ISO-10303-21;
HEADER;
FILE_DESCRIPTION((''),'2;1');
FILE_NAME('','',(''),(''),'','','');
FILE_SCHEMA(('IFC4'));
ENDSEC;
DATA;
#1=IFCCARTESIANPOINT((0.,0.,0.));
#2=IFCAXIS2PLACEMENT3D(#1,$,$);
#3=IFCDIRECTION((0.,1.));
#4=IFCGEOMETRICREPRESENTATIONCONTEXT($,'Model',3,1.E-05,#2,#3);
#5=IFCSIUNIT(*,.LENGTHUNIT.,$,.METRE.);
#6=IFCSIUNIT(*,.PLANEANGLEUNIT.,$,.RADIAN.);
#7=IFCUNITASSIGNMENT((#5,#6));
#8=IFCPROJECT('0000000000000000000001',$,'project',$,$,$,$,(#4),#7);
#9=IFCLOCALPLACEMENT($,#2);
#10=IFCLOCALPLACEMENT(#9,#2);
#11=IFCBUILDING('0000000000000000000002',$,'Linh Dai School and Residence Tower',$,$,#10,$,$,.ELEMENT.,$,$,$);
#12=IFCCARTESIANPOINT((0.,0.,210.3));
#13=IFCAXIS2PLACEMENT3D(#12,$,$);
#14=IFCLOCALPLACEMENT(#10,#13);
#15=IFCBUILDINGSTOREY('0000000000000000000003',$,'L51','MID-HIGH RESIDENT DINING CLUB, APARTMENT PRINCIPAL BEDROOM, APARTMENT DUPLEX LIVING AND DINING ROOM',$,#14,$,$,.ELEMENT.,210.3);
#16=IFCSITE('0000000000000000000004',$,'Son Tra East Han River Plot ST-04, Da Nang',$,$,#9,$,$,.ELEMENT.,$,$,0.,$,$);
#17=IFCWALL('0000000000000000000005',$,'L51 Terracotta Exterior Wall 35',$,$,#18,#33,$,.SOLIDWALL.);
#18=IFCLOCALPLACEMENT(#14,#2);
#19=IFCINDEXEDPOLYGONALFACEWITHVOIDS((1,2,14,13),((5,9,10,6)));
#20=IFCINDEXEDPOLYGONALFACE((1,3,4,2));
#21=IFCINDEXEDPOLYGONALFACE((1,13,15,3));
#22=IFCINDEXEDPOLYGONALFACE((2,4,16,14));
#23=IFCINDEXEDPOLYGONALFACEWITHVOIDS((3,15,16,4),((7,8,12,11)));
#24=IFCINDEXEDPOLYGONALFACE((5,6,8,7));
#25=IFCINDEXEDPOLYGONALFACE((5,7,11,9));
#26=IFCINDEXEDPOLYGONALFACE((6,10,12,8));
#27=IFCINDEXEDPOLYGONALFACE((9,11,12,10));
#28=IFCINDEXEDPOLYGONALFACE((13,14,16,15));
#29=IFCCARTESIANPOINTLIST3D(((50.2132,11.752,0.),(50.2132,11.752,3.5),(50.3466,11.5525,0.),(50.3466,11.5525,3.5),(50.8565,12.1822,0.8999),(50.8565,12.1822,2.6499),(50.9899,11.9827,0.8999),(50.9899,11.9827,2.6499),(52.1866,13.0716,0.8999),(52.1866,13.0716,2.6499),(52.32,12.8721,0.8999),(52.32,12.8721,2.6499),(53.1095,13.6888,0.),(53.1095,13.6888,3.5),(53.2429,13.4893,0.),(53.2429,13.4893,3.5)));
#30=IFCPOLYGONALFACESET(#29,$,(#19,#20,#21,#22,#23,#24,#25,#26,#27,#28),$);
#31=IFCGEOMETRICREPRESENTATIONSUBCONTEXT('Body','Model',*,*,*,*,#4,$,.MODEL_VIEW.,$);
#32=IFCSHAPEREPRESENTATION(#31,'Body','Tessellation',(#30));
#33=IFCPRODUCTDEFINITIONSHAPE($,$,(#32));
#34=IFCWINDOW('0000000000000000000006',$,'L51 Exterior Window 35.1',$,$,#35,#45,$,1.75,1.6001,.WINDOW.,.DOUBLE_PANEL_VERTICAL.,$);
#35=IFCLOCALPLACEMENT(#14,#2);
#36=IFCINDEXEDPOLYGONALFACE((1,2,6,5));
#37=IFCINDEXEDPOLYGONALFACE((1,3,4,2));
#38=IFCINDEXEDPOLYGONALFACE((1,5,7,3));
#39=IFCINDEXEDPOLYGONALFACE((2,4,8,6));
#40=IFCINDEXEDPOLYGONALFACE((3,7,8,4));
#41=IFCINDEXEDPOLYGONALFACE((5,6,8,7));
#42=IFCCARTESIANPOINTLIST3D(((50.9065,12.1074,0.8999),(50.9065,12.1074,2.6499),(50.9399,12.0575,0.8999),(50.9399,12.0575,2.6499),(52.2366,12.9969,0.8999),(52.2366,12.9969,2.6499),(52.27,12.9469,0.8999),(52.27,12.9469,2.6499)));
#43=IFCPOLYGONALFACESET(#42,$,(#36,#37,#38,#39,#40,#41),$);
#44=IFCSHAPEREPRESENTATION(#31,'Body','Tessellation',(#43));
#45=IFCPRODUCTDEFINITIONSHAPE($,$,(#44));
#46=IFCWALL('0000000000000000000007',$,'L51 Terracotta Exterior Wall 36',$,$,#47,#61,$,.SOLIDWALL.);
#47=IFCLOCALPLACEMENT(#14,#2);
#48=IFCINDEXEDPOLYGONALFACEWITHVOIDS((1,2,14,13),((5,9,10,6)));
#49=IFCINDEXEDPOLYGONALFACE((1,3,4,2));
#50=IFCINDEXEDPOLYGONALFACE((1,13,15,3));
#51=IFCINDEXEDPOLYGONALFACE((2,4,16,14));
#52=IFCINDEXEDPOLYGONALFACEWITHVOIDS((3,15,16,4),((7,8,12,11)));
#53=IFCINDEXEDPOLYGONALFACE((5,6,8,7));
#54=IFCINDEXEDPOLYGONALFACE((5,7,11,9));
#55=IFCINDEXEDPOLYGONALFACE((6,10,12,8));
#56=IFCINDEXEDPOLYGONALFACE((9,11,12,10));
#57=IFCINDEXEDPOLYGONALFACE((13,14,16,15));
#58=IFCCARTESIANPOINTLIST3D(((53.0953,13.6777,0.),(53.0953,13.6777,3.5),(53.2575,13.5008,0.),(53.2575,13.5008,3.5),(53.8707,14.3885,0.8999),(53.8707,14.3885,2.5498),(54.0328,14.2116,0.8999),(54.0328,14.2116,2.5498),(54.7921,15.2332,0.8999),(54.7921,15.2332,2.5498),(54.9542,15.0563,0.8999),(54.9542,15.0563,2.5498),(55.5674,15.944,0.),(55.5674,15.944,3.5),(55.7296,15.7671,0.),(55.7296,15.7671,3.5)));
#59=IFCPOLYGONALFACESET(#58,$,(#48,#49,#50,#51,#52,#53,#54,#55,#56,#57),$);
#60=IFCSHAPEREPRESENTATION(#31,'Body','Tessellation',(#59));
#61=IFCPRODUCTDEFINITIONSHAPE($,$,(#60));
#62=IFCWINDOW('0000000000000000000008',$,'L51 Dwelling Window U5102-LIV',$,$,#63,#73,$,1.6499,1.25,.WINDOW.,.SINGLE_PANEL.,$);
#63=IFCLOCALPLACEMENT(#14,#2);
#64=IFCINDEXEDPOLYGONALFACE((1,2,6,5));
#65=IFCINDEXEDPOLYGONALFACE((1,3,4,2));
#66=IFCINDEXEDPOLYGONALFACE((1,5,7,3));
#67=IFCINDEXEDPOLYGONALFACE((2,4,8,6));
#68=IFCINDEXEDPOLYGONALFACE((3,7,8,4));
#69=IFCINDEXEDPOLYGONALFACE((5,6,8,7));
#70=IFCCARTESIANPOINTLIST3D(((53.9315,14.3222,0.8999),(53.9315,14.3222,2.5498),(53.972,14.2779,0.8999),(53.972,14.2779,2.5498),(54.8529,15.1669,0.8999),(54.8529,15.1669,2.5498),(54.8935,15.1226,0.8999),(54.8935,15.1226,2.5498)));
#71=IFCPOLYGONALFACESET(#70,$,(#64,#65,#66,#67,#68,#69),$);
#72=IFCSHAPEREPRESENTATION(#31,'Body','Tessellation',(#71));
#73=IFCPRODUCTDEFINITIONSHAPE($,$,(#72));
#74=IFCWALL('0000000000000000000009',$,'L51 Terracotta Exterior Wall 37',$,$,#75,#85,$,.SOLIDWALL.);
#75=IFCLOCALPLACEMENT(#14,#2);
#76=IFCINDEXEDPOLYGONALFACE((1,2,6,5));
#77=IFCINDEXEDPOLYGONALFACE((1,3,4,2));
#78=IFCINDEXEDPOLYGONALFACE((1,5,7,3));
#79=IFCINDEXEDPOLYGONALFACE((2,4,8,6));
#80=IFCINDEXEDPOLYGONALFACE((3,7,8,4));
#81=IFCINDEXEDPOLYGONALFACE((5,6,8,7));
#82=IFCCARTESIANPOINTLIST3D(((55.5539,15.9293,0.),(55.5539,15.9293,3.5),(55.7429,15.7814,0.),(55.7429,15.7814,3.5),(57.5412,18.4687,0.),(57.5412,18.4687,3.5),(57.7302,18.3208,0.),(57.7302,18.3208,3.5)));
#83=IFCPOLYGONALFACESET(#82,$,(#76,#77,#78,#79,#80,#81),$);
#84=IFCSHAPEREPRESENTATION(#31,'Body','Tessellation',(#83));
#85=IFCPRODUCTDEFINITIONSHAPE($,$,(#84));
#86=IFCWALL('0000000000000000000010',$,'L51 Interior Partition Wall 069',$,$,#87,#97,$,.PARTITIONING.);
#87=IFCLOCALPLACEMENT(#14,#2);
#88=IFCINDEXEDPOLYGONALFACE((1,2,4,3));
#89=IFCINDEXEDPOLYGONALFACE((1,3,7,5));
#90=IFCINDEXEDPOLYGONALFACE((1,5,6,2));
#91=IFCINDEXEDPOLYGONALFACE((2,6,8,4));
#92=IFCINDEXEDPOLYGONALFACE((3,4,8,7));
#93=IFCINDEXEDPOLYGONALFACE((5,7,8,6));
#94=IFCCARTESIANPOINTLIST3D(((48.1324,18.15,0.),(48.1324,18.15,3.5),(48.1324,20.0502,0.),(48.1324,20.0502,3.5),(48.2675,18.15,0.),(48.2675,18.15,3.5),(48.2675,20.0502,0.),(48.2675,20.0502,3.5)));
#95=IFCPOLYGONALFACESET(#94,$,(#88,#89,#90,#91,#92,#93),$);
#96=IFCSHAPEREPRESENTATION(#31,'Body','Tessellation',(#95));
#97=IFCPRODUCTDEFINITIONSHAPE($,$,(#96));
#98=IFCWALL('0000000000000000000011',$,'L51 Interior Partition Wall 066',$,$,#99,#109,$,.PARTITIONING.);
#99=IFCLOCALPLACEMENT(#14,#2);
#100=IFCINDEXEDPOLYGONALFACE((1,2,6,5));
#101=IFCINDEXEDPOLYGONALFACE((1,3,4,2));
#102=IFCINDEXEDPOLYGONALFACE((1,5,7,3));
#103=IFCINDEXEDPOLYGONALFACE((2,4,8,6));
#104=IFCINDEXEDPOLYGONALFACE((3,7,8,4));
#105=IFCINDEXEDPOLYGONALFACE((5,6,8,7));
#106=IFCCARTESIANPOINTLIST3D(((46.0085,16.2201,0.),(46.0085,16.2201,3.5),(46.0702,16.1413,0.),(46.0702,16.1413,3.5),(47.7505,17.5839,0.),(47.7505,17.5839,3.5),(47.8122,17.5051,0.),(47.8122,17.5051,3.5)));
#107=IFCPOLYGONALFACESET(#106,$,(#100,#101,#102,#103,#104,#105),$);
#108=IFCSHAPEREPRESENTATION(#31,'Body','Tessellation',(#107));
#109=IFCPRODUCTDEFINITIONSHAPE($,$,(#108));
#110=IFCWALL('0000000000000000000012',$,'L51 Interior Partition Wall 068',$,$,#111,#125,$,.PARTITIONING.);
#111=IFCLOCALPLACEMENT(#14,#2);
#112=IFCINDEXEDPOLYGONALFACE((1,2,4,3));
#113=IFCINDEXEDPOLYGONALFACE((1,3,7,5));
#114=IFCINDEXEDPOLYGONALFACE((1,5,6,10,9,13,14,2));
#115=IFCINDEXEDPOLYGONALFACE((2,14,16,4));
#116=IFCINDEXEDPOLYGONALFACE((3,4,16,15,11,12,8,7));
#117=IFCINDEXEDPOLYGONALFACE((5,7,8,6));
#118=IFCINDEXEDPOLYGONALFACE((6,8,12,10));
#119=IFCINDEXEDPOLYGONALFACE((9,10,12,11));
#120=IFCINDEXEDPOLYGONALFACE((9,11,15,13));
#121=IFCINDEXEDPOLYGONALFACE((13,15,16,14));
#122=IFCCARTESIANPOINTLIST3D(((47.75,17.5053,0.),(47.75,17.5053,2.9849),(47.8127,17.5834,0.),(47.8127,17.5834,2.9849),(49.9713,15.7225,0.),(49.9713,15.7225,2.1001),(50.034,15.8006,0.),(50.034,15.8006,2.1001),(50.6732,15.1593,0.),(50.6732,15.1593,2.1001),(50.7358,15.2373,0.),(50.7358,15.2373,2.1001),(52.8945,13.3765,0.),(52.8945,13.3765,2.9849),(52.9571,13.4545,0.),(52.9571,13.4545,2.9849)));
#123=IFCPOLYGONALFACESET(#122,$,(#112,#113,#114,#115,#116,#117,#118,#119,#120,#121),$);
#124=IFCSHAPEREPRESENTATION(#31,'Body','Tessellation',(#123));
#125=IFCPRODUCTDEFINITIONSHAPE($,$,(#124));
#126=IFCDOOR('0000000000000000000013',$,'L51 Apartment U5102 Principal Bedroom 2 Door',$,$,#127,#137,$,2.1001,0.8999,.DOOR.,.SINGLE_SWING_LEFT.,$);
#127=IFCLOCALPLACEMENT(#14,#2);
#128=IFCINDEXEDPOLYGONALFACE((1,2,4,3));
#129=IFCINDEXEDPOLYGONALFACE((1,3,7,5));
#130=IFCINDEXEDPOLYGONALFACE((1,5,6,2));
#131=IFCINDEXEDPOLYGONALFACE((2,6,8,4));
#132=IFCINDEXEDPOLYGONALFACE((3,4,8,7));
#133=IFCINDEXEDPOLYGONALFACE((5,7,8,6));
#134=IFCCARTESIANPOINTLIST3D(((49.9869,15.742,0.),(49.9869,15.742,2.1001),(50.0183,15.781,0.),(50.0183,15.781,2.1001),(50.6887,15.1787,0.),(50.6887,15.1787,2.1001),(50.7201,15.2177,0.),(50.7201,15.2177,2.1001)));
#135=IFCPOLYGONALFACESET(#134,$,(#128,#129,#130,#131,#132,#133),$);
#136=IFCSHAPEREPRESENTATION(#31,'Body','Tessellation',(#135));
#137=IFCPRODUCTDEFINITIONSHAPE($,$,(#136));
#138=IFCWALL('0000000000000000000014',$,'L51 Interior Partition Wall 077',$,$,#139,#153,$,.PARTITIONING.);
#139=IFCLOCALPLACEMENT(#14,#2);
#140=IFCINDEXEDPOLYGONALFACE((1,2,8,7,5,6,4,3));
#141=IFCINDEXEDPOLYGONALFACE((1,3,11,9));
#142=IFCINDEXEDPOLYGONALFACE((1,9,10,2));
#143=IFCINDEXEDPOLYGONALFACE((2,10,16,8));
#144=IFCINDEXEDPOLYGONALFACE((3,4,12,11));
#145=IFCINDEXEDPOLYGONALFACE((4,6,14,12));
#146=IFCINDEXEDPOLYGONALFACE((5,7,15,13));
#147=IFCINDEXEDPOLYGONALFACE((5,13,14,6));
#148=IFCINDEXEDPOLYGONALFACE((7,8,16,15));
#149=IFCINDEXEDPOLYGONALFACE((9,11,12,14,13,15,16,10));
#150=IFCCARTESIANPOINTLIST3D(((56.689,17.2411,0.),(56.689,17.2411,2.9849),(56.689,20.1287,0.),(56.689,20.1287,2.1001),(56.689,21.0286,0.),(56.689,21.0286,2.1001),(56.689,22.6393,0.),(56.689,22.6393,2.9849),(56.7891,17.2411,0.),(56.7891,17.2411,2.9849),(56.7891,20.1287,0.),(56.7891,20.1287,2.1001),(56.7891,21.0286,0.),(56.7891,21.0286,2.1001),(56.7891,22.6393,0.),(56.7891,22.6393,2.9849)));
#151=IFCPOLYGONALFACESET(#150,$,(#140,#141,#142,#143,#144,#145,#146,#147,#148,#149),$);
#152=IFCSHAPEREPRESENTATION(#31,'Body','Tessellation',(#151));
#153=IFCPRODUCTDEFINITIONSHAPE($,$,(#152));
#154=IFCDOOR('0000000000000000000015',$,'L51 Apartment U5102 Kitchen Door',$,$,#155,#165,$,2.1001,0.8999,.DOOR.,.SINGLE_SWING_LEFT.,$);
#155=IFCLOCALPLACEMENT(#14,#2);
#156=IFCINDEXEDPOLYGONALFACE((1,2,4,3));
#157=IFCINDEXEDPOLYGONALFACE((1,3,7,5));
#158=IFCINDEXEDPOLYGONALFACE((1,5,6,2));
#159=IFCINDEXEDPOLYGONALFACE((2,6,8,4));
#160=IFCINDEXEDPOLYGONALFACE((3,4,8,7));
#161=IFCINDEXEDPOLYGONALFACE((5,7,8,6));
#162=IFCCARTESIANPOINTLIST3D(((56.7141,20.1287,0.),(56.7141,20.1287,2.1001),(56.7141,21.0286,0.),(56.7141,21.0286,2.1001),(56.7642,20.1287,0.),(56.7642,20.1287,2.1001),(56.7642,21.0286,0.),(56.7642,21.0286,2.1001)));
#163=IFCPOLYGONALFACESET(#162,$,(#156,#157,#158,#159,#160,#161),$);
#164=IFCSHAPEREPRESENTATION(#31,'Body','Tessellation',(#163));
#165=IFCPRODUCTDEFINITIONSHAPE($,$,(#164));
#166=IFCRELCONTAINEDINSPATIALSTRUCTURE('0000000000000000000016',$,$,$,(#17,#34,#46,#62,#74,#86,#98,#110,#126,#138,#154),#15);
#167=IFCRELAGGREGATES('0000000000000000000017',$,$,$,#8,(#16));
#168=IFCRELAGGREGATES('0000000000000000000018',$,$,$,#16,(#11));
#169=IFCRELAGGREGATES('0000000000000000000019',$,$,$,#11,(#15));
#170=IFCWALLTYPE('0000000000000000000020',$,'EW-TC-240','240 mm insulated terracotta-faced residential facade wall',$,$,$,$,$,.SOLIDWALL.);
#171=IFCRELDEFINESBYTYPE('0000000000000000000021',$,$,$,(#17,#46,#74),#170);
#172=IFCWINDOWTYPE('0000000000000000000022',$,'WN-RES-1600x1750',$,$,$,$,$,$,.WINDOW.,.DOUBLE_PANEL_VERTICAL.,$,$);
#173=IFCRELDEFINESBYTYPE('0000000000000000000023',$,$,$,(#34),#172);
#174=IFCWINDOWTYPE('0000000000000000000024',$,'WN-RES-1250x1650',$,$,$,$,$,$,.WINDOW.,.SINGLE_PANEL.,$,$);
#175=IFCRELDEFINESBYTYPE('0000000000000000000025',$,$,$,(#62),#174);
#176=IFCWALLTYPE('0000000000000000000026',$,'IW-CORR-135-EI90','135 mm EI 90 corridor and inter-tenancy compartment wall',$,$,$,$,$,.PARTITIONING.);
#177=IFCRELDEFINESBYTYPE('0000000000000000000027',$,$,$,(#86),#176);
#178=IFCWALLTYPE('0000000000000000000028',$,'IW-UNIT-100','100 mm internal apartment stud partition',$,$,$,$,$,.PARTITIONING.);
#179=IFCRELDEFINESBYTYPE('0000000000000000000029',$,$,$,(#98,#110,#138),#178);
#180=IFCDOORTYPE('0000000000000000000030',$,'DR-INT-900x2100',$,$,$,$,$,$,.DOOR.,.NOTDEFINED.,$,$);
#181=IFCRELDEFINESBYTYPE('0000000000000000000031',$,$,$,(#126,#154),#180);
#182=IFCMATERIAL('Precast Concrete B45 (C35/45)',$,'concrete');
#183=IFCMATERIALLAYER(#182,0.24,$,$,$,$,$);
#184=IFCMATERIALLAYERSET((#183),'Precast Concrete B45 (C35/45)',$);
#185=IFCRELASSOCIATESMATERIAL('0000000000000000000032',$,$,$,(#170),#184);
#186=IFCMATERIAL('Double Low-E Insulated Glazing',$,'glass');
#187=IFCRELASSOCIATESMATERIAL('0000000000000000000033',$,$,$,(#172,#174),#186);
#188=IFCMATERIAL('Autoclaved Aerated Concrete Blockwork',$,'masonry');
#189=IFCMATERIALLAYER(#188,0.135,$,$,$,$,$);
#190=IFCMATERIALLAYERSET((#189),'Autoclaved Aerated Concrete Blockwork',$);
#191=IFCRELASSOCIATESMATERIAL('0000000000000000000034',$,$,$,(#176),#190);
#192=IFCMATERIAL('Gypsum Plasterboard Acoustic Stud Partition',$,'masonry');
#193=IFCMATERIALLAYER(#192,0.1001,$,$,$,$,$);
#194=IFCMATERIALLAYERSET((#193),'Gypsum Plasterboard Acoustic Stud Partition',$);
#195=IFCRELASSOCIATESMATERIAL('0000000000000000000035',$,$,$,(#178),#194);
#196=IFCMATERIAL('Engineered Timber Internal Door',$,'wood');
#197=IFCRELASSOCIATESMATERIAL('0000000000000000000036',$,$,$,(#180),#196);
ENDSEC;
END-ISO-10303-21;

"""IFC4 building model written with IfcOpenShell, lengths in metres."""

from ifc_helpers import new_model, si_unit, direction, frame, frame_2d, origin, origin_2d, place, context, subcontext, project, spatial, rectangle, extrude, source, transform, mapped, material, layer, layer_set, type_object, element, fill, save


model = new_model("IFC4")

# Units and contexts
model_context = context("Model", 3, precision=1e-05, world=origin(), true_north=direction((0.0, 1.0)))
body_context = subcontext(model_context, "Body", "Model", "MODEL_VIEW")
ifc_project = project(units=[si_unit("LENGTHUNIT", "METRE"), si_unit("PLANEANGLEUNIT", "RADIAN")], contexts=[model_context])

# Site, building, storey
site_placement = place(None, origin())
site = spatial("IfcSite", under=ifc_project, at=site_placement, Name="Son Tra East Han River Plot ST-04, Da Nang", CompositionType="ELEMENT", RefElevation=0.0)
building_placement = place(site_placement, origin())
building = spatial("IfcBuilding", under=site, at=building_placement, Name="Linh Dai School and Residence Tower", CompositionType="ELEMENT")
storey_placement = place(building_placement, frame((0.0, 0.0, 210.3)))
storey = spatial("IfcBuildingStorey", under=building, at=storey_placement, Name="L51", Description="MID-HIGH RESIDENT DINING CLUB, APARTMENT PRINCIPAL BEDROOM, APARTMENT DUPLEX LIVING AND DINING ROOM", CompositionType="ELEMENT", Elevation=210.3)

# Shared definitions
ifc_material_1 = material(Name="Precast Concrete B45 (C35/45)", Category="concrete")

# Walls, openings, windows
ifc_layer_1 = layer(ifc_material_1, 0.24)
ifc_layer_set_1 = layer_set([ifc_layer_1], Name="Precast Concrete B45 (C35/45)")
wall_type_1 = type_object("IfcWallType", Name="EW-TC-240", Description="240 mm insulated terracotta-faced residential facade wall", PredefinedType="SOLIDWALL", material=ifc_layer_set_1)
ifc_material_2 = material(Name="Double Low-E Insulated Glazing", Category="glass")
window_type_1 = type_object("IfcWindowType", Name="WN-RES-1600x1750", PartitioningType="DOUBLE_PANEL_VERTICAL", PredefinedType="WINDOW", material=ifc_material_2)
shared_shape_1 = source(origin(), body_context, "Body", "SweptSolid", [
    extrude(rectangle(XDim=1.6001, YDim=1.75, at=origin_2d()), frame((0.8, 0.03, 0.875), z_axis=(0.0, -1.0, 0.0), x_axis=(1.0, 0.0, 0.0)), (0.0, 0.0, 1.0), 0.0601),
])
wall_1_placement = place(storey_placement, frame((53.1763, 13.5891, 0.0), z_axis=(0.0, 0.0, 1.0), x_axis=(-0.831262, -0.55588, 0.0)))
wall_1 = element("IfcWall", 1, at=wall_1_placement, inside=storey, type_object=wall_type_1, Name="L51 Terracotta Exterior Wall 35", PredefinedType="SOLIDWALL", context=body_context, shape_type="SweptSolid", body=[
    extrude(rectangle(XDim=3.4841, YDim=0.24, at=frame_2d((1.7422, 0.0))), origin(), (0.0, 0.0, 1.0), 3.5),
])
opening_1_placement = place(wall_1_placement, frame((1.1104, 0.0, 0.8999)))
opening_1 = element("IfcOpeningElement", 2, at=opening_1_placement, cuts=wall_1, PredefinedType="OPENING", context=body_context, shape_type="SweptSolid", body=[
    extrude(rectangle(XDim=1.6001, YDim=1.75, at=origin_2d()), frame((0.8, 0.1299, 0.875), z_axis=(0.0, -1.0, 0.0), x_axis=(1.0, 0.0, 0.0)), (0.0, 0.0, 1.0), 0.26),
])
window_1_placement = place(opening_1_placement, origin())
window_1 = element("IfcWindow", 3, at=window_1_placement, inside=storey, type_object=window_type_1, Name="L51 Exterior Window 35.1", OverallHeight=1.75, OverallWidth=1.6001, PartitioningType="DOUBLE_PANEL_VERTICAL", PredefinedType="WINDOW", context=body_context, shape_type="MappedRepresentation", body=[
    mapped(shared_shape_1, transform((0.0, 0.0, 0.0), x_axis=(1.0, 0.0, 0.0), y_axis=(0.0, 1.0, 0.0), z_axis=(0.0, 0.0, 1.0), scale=1.0)),
])
fill(opening_1, window_1)
wall_2_placement = place(storey_placement, frame((55.6484, 15.8555, 0.0), z_axis=(0.0, 0.0, 1.0), x_axis=(-0.737124, -0.675758, 0.0)))
wall_2 = element("IfcWall", 4, at=wall_2_placement, inside=storey, type_object=wall_type_1, Name="L51 Terracotta Exterior Wall 36", PredefinedType="SOLIDWALL", context=body_context, shape_type="SweptSolid", body=[
    extrude(rectangle(XDim=3.3538, YDim=0.24, at=frame_2d((1.6768, 0.0))), origin(), (0.0, 0.0, 1.0), 3.5),
])
opening_2_placement = place(wall_2_placement, frame((1.0518, 0.0, 0.8999)))
opening_2 = element("IfcOpeningElement", 5, at=opening_2_placement, cuts=wall_2, PredefinedType="OPENING", context=body_context, shape_type="SweptSolid", body=[
    extrude(rectangle(XDim=1.25, YDim=1.6499, at=origin_2d()), frame((0.625, 0.1299, 0.825), z_axis=(0.0, -1.0, 0.0), x_axis=(1.0, 0.0, 0.0)), (0.0, 0.0, 1.0), 0.26),
])
window_type_2 = type_object("IfcWindowType", Name="WN-RES-1250x1650", PartitioningType="SINGLE_PANEL", PredefinedType="WINDOW", material=ifc_material_2)
shared_shape_2 = source(origin(), body_context, "Body", "SweptSolid", [
    extrude(rectangle(XDim=1.25, YDim=1.6499, at=origin_2d()), frame((0.625, 0.03, 0.825), z_axis=(0.0, -1.0, 0.0), x_axis=(1.0, 0.0, 0.0)), (0.0, 0.0, 1.0), 0.0601),
])
window_2_placement = place(opening_2_placement, origin())
window_2 = element("IfcWindow", 6, at=window_2_placement, inside=storey, type_object=window_type_2, Name="L51 Dwelling Window U5102-LIV", OverallHeight=1.6499, OverallWidth=1.25, PartitioningType="SINGLE_PANEL", PredefinedType="WINDOW", context=body_context, shape_type="MappedRepresentation", body=[
    mapped(shared_shape_2, transform((0.0, 0.0, 0.0), x_axis=(1.0, 0.0, 0.0), y_axis=(0.0, 1.0, 0.0), z_axis=(0.0, 0.0, 1.0), scale=1.0)),
])
fill(opening_2, window_2)

# Walls
wall_3_placement = place(storey_placement, frame((57.6357, 18.3948, 0.0), z_axis=(0.0, 0.0, 1.0), x_axis=(-0.616312, -0.787502, 0.0)))
element("IfcWall", 7, at=wall_3_placement, inside=storey, type_object=wall_type_1, Name="L51 Terracotta Exterior Wall 37", PredefinedType="SOLIDWALL", context=body_context, shape_type="SweptSolid", body=[
    extrude(rectangle(XDim=3.2246, YDim=0.24, at=frame_2d((1.6123, 0.0))), origin(), (0.0, 0.0, 1.0), 3.5),
])
ifc_material_3 = material(Name="Autoclaved Aerated Concrete Blockwork", Category="masonry")
ifc_layer_2 = layer(ifc_material_3, 0.135)
ifc_layer_set_2 = layer_set([ifc_layer_2], Name="Autoclaved Aerated Concrete Blockwork")
wall_type_2 = type_object("IfcWallType", Name="IW-CORR-135-EI90", Description="135 mm EI 90 corridor and inter-tenancy compartment wall", PredefinedType="PARTITIONING", material=ifc_layer_set_2)
wall_4_placement = place(storey_placement, frame((48.2, 18.1499, 0.0), z_axis=(0.0, 0.0, 1.0), x_axis=(0.0, 1.0, 0.0)))
element("IfcWall", 8, at=wall_4_placement, inside=storey, type_object=wall_type_2, Name="L51 Interior Partition Wall 069", PredefinedType="PARTITIONING", context=body_context, shape_type="SweptSolid", body=[
    extrude(rectangle(XDim=1.9001, YDim=0.135, at=frame_2d((0.9502, 0.0))), origin(), (0.0, 0.0, 1.0), 3.5),
])
ifc_material_4 = material(Name="Gypsum Plasterboard Acoustic Stud Partition", Category="masonry")
ifc_layer_3 = layer(ifc_material_4, 0.1001)
ifc_layer_set_3 = layer_set([ifc_layer_3], Name="Gypsum Plasterboard Acoustic Stud Partition")
wall_type_3 = type_object("IfcWallType", Name="IW-UNIT-100", Description="100 mm internal apartment stud partition", PredefinedType="PARTITIONING", material=ifc_layer_set_3)
wall_5_placement = place(storey_placement, frame((46.0393, 16.1807, 0.0), z_axis=(0.0, 0.0, 1.0), x_axis=(0.787393, 0.616451, 0.0)))
element("IfcWall", 9, at=wall_5_placement, inside=storey, type_object=wall_type_3, Name="L51 Interior Partition Wall 066", PredefinedType="PARTITIONING", context=body_context, shape_type="SweptSolid", body=[
    extrude(rectangle(XDim=2.2124, YDim=0.1001, at=frame_2d((1.1062, 0.0))), origin(), (0.0, 0.0, 1.0), 3.5),
])

# Walls, openings, doors
wall_6_placement = place(storey_placement, frame((47.7812, 17.5444, 0.0), z_axis=(0.0, 0.0, 1.0), x_axis=(0.779886, -0.625922, 0.0)))
wall_6 = element("IfcWall", 10, at=wall_6_placement, inside=storey, type_object=wall_type_3, Name="L51 Interior Partition Wall 068", PredefinedType="PARTITIONING", context=body_context, shape_type="SweptSolid", body=[
    extrude(rectangle(XDim=6.5964, YDim=0.1001, at=frame_2d((3.2983, 0.0))), origin(), (0.0, 0.0, 1.0), 2.9849),
])
opening_3_placement = place(wall_6_placement, frame((2.8484, 0.0, 0.0)))
opening_3 = element("IfcOpeningElement", 11, at=opening_3_placement, cuts=wall_6, PredefinedType="OPENING", context=body_context, shape_type="SweptSolid", body=[
    extrude(rectangle(XDim=0.8999, YDim=2.1001, at=origin_2d()), frame((0.45, 0.0601, 1.05), z_axis=(0.0, -1.0, 0.0), x_axis=(1.0, 0.0, 0.0)), (0.0, 0.0, 1.0), 0.1201),
])
ifc_material_5 = material(Name="Engineered Timber Internal Door", Category="wood")
door_type = type_object("IfcDoorType", Name="DR-INT-900x2100", OperationType="NOTDEFINED", PredefinedType="DOOR", material=ifc_material_5)
shared_shape_3 = source(origin(), body_context, "Body", "SweptSolid", [
    extrude(rectangle(XDim=0.8999, YDim=2.1001, at=origin_2d()), frame((0.45, 0.0249, 1.05), z_axis=(0.0, -1.0, 0.0), x_axis=(1.0, 0.0, 0.0)), (0.0, 0.0, 1.0), 0.05),
])
door_1_placement = place(opening_3_placement, origin())
door_1 = element("IfcDoor", 12, at=door_1_placement, inside=storey, type_object=door_type, Name="L51 Apartment U5102 Principal Bedroom 2 Door", OperationType="SINGLE_SWING_LEFT", OverallHeight=2.1001, OverallWidth=0.8999, PredefinedType="DOOR", context=body_context, shape_type="MappedRepresentation", body=[
    mapped(shared_shape_3, transform((0.0, 0.0, 0.0), x_axis=(1.0, 0.0, 0.0), y_axis=(0.0, 1.0, 0.0), z_axis=(0.0, 0.0, 1.0), scale=1.0)),
])
fill(opening_3, door_1)
wall_7_placement = place(storey_placement, frame((56.739, 17.241, 0.0), z_axis=(0.0, 0.0, 1.0), x_axis=(0.0, 1.0, 0.0)))
wall_7 = element("IfcWall", 13, at=wall_7_placement, inside=storey, type_object=wall_type_3, Name="L51 Interior Partition Wall 077", PredefinedType="PARTITIONING", context=body_context, shape_type="SweptSolid", body=[
    extrude(rectangle(XDim=5.3982, YDim=0.1001, at=frame_2d((2.6992, 0.0))), origin(), (0.0, 0.0, 1.0), 2.9849),
])
opening_4_placement = place(wall_7_placement, frame((2.8877, 0.0, 0.0)))
opening_4 = element("IfcOpeningElement", 14, at=opening_4_placement, cuts=wall_7, PredefinedType="OPENING", context=body_context, shape_type="SweptSolid", body=[
    extrude(rectangle(XDim=0.8999, YDim=2.1001, at=origin_2d()), frame((0.45, 0.0601, 1.05), z_axis=(0.0, -1.0, 0.0), x_axis=(1.0, 0.0, 0.0)), (0.0, 0.0, 1.0), 0.1201),
])
door_2_placement = place(opening_4_placement, origin())
door_2 = element("IfcDoor", 15, at=door_2_placement, inside=storey, type_object=door_type, Name="L51 Apartment U5102 Kitchen Door", OperationType="SINGLE_SWING_LEFT", OverallHeight=2.1001, OverallWidth=0.8999, PredefinedType="DOOR", context=body_context, shape_type="MappedRepresentation", body=[
    mapped(shared_shape_3, transform((0.0, 0.0, 0.0), x_axis=(1.0, 0.0, 0.0), y_axis=(0.0, 1.0, 0.0), z_axis=(0.0, 0.0, 1.0), scale=1.0)),
])
fill(opening_4, door_2)

save(model, "model.ifc")
